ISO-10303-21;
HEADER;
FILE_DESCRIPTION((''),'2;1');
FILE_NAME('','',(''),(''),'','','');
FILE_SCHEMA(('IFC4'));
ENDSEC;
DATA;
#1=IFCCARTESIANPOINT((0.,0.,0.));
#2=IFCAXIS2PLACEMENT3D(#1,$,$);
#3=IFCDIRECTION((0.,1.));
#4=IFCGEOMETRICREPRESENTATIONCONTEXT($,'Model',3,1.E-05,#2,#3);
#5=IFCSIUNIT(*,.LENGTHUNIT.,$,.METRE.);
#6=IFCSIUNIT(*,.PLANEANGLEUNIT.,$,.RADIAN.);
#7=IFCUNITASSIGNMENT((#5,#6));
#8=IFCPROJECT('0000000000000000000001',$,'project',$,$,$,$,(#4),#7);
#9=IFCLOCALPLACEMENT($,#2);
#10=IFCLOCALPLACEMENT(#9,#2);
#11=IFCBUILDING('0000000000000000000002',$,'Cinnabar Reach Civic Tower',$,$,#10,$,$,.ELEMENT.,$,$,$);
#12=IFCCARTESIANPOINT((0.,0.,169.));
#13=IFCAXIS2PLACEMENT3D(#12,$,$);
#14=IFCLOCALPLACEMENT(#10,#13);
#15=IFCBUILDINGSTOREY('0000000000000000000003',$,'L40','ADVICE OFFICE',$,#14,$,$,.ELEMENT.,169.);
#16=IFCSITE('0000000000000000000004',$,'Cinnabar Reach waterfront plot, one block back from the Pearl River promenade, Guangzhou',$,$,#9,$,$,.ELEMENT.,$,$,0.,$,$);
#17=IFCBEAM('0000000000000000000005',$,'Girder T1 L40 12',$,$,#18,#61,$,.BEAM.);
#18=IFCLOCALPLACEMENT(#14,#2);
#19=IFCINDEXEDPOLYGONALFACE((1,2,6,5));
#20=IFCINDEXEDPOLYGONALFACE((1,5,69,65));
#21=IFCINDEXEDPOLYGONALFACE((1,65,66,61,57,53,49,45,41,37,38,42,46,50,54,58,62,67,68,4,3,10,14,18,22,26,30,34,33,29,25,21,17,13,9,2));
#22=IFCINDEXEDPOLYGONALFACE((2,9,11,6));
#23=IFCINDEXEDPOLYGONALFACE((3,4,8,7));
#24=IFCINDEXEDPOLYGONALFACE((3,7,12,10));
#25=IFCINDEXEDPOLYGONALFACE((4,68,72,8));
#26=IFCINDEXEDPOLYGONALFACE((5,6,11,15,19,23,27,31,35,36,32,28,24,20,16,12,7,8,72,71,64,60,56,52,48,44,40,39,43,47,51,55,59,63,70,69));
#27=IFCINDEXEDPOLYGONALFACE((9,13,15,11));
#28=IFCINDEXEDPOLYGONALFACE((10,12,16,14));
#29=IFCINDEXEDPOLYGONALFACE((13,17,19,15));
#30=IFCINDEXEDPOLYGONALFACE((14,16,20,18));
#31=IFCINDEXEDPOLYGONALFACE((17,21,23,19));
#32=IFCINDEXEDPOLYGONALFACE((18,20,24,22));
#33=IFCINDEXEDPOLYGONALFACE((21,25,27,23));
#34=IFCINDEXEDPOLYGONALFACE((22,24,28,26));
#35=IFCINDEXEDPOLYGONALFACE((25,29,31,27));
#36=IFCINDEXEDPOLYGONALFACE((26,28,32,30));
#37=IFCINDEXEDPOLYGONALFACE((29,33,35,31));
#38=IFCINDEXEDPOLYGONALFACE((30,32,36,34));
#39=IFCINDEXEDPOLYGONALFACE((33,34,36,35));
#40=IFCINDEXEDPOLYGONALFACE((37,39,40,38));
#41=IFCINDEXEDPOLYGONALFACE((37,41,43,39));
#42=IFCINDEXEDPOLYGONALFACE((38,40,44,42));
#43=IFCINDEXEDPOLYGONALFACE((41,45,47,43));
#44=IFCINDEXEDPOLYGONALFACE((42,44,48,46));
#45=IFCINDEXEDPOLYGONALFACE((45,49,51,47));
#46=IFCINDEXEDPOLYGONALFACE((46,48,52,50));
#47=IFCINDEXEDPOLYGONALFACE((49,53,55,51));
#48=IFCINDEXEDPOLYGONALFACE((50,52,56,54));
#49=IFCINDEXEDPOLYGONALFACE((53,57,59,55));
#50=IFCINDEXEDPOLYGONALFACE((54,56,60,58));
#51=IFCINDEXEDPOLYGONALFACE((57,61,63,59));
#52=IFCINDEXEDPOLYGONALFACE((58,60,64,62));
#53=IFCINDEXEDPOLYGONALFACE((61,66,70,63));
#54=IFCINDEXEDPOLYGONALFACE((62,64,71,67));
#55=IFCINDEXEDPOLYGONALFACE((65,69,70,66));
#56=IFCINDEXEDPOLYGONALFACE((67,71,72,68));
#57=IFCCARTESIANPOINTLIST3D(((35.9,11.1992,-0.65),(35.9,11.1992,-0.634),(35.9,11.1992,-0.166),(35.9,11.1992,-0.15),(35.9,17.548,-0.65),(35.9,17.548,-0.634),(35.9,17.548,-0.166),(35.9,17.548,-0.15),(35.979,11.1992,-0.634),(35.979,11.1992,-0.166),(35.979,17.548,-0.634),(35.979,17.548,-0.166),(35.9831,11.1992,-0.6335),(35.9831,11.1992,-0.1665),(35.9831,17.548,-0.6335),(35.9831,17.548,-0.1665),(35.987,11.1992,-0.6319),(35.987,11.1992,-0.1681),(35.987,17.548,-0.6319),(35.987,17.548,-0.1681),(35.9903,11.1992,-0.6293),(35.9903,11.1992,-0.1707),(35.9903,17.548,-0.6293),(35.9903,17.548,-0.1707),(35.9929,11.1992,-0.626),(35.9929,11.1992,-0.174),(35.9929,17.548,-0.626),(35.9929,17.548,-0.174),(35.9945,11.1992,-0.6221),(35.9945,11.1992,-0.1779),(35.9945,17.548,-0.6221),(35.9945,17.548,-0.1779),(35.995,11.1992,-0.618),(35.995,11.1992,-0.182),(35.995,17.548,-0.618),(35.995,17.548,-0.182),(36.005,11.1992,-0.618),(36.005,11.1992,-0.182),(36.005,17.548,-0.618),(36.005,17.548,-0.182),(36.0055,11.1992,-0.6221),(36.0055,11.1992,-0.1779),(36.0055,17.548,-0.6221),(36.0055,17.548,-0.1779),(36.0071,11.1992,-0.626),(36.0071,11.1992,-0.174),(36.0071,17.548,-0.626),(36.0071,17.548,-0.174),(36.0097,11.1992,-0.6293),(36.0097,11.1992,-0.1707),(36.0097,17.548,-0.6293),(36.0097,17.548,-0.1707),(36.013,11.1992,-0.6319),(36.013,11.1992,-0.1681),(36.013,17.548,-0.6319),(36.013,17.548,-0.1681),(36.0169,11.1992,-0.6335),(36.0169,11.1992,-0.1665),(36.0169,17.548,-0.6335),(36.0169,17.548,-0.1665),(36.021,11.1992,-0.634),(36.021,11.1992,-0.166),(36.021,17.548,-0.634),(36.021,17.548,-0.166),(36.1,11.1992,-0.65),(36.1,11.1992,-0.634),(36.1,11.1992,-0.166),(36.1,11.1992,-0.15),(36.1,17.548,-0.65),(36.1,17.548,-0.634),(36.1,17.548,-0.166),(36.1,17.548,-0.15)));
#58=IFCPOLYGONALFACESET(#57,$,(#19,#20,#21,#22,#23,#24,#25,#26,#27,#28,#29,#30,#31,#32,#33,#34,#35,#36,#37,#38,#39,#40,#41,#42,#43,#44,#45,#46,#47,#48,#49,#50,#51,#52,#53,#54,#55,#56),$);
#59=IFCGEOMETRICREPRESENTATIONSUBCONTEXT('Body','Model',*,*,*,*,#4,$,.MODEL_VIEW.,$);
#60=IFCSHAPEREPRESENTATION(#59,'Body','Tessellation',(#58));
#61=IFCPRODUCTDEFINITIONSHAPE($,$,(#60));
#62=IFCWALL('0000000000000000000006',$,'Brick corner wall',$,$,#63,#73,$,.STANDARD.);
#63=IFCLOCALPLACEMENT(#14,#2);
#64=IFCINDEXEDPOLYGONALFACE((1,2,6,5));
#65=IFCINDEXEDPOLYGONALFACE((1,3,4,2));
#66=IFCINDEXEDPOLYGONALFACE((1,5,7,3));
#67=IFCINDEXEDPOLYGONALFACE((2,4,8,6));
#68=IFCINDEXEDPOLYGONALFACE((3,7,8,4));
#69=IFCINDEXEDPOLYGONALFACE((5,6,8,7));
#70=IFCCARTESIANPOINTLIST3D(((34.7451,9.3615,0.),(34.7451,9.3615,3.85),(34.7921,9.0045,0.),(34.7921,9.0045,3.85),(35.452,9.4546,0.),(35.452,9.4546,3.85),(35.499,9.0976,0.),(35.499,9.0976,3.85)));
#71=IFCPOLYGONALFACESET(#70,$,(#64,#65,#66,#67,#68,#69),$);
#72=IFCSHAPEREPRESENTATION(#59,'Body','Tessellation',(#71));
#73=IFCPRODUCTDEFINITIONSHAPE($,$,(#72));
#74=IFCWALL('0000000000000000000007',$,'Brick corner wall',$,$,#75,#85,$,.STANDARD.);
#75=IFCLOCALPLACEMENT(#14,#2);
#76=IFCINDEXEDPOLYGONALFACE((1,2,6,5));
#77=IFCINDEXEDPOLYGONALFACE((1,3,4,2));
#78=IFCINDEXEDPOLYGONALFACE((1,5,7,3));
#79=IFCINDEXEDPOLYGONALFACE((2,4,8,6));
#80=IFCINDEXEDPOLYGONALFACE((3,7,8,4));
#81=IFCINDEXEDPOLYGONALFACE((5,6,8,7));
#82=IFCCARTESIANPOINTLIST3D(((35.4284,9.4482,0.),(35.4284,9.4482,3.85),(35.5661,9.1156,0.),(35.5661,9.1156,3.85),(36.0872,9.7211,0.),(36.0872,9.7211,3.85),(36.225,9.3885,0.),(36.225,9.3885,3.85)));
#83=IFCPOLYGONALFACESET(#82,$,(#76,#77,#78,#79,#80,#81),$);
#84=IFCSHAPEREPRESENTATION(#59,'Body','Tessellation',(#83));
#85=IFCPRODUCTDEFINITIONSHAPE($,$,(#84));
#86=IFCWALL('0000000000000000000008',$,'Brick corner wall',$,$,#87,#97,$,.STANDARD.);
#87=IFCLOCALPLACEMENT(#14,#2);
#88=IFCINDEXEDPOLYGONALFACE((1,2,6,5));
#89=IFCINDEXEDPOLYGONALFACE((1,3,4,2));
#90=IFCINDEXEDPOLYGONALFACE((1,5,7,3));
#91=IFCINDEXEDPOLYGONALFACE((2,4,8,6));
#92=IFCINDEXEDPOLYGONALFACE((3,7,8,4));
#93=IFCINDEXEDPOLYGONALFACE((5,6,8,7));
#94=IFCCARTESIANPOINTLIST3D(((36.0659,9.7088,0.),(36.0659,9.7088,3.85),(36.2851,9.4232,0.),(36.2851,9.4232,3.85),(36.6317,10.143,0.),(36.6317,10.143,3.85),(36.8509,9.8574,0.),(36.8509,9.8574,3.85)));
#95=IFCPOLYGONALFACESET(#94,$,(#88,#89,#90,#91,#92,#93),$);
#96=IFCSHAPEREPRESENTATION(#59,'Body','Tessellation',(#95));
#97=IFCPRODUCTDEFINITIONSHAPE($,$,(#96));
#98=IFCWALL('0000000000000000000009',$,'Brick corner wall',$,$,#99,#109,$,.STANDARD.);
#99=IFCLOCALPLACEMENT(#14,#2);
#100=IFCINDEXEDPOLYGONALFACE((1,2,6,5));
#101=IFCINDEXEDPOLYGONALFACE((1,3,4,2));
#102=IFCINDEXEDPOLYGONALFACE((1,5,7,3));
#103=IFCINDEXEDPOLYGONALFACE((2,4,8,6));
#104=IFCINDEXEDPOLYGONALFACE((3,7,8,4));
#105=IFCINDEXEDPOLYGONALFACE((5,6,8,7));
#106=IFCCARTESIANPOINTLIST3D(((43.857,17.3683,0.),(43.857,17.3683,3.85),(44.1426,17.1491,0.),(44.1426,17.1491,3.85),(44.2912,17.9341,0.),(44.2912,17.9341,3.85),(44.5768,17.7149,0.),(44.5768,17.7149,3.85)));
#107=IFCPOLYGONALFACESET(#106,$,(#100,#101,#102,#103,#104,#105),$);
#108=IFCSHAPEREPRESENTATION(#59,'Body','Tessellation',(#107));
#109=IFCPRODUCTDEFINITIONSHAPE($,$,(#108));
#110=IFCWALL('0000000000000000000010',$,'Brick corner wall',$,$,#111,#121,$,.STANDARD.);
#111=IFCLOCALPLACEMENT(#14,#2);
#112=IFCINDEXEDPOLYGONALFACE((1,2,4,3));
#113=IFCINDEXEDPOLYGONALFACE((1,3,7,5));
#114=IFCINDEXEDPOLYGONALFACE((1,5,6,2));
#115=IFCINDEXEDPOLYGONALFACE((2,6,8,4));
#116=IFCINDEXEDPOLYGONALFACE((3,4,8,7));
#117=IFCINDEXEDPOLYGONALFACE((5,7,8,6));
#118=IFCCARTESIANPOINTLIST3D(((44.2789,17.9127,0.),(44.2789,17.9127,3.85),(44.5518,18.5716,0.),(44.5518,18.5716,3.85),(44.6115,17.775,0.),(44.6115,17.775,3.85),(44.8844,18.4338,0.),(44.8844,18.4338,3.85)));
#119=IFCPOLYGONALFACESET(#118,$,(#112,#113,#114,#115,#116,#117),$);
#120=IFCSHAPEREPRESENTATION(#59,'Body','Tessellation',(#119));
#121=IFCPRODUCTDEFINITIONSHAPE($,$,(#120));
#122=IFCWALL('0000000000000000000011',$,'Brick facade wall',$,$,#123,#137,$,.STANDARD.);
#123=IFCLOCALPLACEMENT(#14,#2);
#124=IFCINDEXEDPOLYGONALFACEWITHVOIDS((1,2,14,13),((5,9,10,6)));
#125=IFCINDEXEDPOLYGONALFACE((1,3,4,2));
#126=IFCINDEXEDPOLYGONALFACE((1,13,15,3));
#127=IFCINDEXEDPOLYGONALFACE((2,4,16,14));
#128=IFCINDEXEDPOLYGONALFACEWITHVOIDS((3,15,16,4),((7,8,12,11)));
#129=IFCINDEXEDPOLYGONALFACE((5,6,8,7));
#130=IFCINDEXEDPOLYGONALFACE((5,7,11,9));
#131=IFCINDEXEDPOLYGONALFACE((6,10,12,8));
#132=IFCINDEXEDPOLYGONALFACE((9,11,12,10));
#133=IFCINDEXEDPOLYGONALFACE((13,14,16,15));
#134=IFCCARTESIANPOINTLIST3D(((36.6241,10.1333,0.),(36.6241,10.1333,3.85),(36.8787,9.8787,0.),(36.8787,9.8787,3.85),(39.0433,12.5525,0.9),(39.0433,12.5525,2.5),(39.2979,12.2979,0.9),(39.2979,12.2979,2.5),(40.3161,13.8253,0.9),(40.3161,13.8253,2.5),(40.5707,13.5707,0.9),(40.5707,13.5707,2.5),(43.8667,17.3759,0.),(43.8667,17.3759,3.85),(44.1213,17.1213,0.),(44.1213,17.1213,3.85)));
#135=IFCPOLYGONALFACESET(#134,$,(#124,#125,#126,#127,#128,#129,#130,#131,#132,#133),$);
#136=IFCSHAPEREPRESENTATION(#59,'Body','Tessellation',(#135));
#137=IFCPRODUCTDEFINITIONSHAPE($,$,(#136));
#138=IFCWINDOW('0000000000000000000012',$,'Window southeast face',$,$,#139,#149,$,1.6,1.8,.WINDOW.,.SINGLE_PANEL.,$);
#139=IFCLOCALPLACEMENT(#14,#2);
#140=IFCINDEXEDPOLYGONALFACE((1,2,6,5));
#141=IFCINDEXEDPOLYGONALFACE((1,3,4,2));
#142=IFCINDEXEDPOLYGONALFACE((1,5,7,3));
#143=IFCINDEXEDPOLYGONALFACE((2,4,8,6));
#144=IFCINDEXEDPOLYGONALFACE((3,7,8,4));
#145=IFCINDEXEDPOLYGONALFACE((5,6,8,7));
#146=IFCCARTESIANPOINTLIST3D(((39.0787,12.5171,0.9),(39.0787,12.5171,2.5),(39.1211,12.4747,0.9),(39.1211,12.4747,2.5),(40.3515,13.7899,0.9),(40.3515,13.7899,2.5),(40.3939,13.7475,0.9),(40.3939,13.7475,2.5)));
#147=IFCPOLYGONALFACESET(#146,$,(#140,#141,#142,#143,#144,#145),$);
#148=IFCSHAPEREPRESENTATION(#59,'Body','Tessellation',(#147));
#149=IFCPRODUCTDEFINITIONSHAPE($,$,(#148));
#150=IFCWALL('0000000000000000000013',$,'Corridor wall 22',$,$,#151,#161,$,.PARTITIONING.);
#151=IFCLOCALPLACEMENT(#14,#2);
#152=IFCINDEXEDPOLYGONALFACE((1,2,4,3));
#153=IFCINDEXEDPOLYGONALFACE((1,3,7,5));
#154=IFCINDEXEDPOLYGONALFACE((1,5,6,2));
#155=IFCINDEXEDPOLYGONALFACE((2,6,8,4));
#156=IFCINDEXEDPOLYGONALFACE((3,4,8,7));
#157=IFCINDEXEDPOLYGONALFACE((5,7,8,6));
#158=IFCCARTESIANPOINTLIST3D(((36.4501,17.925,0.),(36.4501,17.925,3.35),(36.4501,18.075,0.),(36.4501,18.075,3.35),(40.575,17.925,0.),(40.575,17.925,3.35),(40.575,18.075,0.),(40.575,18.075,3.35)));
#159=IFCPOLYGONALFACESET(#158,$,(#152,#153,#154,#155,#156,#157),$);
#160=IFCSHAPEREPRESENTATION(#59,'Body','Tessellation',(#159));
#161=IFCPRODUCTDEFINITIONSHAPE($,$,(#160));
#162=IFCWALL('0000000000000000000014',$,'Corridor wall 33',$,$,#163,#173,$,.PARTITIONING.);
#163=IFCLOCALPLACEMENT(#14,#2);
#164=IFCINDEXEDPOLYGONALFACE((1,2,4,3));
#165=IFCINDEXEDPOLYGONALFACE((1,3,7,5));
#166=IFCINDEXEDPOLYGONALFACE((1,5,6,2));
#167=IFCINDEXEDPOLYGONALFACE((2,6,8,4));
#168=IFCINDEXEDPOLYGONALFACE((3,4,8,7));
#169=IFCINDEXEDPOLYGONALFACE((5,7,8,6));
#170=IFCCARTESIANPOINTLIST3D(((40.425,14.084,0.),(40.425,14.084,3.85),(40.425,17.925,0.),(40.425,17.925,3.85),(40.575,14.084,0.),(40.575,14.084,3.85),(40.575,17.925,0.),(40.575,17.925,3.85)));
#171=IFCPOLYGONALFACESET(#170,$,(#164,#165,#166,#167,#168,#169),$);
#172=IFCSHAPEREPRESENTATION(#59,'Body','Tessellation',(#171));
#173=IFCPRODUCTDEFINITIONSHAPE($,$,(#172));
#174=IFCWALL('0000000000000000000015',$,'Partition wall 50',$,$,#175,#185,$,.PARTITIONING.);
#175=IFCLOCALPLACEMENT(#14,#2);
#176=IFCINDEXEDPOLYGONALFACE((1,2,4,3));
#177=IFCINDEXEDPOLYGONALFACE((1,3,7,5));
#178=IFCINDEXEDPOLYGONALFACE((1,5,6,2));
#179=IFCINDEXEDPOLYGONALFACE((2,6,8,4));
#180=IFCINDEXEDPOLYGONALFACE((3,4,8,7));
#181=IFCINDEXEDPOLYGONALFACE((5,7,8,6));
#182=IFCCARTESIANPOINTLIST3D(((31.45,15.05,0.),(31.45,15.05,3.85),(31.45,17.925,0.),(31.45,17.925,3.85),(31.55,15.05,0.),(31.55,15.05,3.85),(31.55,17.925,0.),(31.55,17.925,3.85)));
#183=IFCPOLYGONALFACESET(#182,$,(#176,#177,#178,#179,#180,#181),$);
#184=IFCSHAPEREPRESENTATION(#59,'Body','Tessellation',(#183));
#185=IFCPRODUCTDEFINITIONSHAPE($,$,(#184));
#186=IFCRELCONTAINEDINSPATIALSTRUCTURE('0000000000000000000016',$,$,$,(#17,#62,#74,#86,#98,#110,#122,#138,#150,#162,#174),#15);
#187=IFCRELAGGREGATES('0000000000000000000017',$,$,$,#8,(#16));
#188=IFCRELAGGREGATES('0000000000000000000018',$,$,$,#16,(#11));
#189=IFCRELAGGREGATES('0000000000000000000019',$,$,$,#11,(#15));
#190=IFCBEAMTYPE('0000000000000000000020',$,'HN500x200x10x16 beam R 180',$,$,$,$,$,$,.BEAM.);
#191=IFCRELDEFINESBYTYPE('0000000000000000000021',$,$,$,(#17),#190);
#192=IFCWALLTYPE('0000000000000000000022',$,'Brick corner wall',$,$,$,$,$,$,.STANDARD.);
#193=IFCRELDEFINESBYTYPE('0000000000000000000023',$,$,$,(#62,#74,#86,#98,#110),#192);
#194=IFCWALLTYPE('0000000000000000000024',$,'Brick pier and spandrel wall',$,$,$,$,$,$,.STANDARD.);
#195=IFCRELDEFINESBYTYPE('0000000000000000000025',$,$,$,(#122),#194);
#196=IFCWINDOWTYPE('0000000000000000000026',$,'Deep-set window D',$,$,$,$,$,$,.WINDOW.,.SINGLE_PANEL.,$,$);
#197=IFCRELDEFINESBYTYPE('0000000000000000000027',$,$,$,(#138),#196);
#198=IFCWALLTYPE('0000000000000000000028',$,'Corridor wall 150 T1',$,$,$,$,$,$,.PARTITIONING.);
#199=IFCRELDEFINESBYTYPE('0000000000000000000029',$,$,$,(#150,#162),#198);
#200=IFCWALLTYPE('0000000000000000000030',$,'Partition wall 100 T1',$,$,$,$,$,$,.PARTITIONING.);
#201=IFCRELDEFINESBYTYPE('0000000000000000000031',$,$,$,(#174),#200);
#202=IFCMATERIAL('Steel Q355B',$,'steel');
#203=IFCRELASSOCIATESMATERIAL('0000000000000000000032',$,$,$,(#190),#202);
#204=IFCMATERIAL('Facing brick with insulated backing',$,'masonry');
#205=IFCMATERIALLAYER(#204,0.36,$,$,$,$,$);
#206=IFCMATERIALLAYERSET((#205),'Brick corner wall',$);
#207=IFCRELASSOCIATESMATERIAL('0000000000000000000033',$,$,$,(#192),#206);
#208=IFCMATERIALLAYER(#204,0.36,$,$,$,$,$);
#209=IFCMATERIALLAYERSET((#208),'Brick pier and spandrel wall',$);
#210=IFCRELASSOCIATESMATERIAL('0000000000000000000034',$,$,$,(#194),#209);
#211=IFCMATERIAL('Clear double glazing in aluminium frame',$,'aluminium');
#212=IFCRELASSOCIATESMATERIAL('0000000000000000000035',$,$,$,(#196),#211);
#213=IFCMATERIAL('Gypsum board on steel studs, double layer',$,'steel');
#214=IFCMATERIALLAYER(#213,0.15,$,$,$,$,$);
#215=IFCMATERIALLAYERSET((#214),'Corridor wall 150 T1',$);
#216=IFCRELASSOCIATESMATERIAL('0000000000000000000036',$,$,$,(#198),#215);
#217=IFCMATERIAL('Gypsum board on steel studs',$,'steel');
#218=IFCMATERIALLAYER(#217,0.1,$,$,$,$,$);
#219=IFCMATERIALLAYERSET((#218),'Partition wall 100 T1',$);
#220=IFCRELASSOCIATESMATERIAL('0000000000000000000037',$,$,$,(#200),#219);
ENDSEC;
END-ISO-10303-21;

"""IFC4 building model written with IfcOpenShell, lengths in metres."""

from ifc_helpers import new_model, si_unit, direction, frame, frame_2d, origin, origin_2d, place, context, subcontext, project, spatial, rectangle, i_section, extrude, material, layer, layer_set, material_profile, profile_set, type_object, element, fill, save


model = new_model("IFC4")

# Units and contexts
model_context = context("Model", 3, precision=1e-05, world=origin(), true_north=direction((0.0, 1.0)))
body_context = subcontext(model_context, "Body", "Model", "MODEL_VIEW")
ifc_project = project(units=[si_unit("LENGTHUNIT", "METRE"), si_unit("PLANEANGLEUNIT", "RADIAN")], contexts=[model_context])

# Site, building, storey
site_placement = place(None, origin())
site = spatial("IfcSite", under=ifc_project, at=site_placement, Name="Cinnabar Reach waterfront plot, one block back from the Pearl River promenade, Guangzhou", CompositionType="ELEMENT", RefElevation=0.0)
building_placement = place(site_placement, origin())
building = spatial("IfcBuilding", under=site, at=building_placement, Name="Cinnabar Reach Civic Tower", CompositionType="ELEMENT")
storey_placement = place(building_placement, frame((0.0, 0.0, 169.0)))
storey = spatial("IfcBuildingStorey", under=building, at=storey_placement, Name="L40", Description="ADVICE OFFICE", CompositionType="ELEMENT", Elevation=169.0)

# Beam
ifc_material_1 = material(Name="Steel Q355B", Category="steel")
ifc_material_profile_1 = material_profile(ifc_material_1, i_section(OverallWidth=0.2, OverallDepth=0.5, WebThickness=0.01, FlangeThickness=0.016, FilletRadius=0.016, at=origin_2d()), Name="HN500x200x10x16")
ifc_profile_set_1 = profile_set([ifc_material_profile_1], Name="Steel Q355B")
beam_type_1 = type_object("IfcBeamType", Name="HN500x200x10x16 beam R 180", PredefinedType="BEAM", material=ifc_profile_set_1)
for number, where, z_axis, x_axis, name in (
    (1, (36.0, 11.1992, -0.4), (0.0, 1.0, 0.0), (-1.0, 0.0, 0.0), "Girder T1 L40 12"),
):
    element("IfcBeam", number, at=place(storey_placement, frame(where, z_axis=z_axis, x_axis=x_axis)), inside=storey, type_object=beam_type_1, Name=name, PredefinedType="BEAM", context=body_context, shape_type="SweptSolid", body=[
        extrude(i_section(OverallWidth=0.2, OverallDepth=0.5, WebThickness=0.01, FlangeThickness=0.016, FilletRadius=0.016, at=origin_2d()), origin(), (0.0, 0.0, 1.0), 6.3488),
    ])

# Walls
ifc_material_2 = material(Name="Facing brick with insulated backing", Category="masonry")
ifc_layer_1 = layer(ifc_material_2, 0.36)
ifc_layer_set_1 = layer_set([ifc_layer_1], Name="Brick corner wall")
wall_type_1 = type_object("IfcWallType", Name="Brick corner wall", PredefinedType="STANDARD", material=ifc_layer_set_1)
for number, where, z_axis, x_axis, name in (
    (2, (34.7686, 9.183, 0.0), (0.0, 0.0, 1.0), (0.991441, 0.130556, 0.0), "Brick corner wall"),
    (3, (35.4973, 9.2819, 0.0), (0.0, 0.0, 1.0), (0.923872, 0.382703, 0.0), "Brick corner wall"),
):
    element("IfcWall", number, at=place(storey_placement, frame(where, z_axis=z_axis, x_axis=x_axis)), inside=storey, type_object=wall_type_1, Name=name, PredefinedType="STANDARD", context=body_context, shape_type="SweptSolid", body=[
        extrude(rectangle(XDim=0.7131, YDim=0.36, at=frame_2d((0.3565, 0.0))), origin(), (0.0, 0.0, 1.0), 3.85),
    ])
for number, where, z_axis, x_axis, name in (
    (4, (36.1755, 9.566, 0.0), (0.0, 0.0, 1.0), (0.793322, 0.608802, 0.0), "Brick corner wall"),
    (5, (43.9998, 17.2587, 0.0), (0.0, 0.0, 1.0), (0.608802, 0.793322, 0.0), "Brick corner wall"),
):
    element("IfcWall", number, at=place(storey_placement, frame(where, z_axis=z_axis, x_axis=x_axis)), inside=storey, type_object=wall_type_1, Name=name, PredefinedType="STANDARD", context=body_context, shape_type="SweptSolid", body=[
        extrude(rectangle(XDim=0.7132, YDim=0.36, at=frame_2d((0.3566, 0.0))), origin(), (0.0, 0.0, 1.0), 3.85),
    ])
wall_1_placement = place(storey_placement, frame((44.4452, 17.8439, 0.0), z_axis=(0.0, 0.0, 1.0), x_axis=(0.382703, 0.923872, 0.0)))
element("IfcWall", 6, at=wall_1_placement, inside=storey, type_object=wall_type_1, Name="Brick corner wall", PredefinedType="STANDARD", context=body_context, shape_type="SweptSolid", body=[
    extrude(rectangle(XDim=0.7131, YDim=0.36, at=frame_2d((0.3565, 0.0))), origin(), (0.0, 0.0, 1.0), 3.85),
])

# Wall, opening, window
ifc_layer_2 = layer(ifc_material_2, 0.36)
ifc_layer_set_2 = layer_set([ifc_layer_2], Name="Brick pier and spandrel wall")
wall_type_2 = type_object("IfcWallType", Name="Brick pier and spandrel wall", PredefinedType="STANDARD", material=ifc_layer_set_2)
wall_2_placement = place(storey_placement, frame((36.7514, 10.006, 0.0), z_axis=(0.0, 0.0, 1.0), x_axis=(0.707107, 0.707107, 0.0)))
wall_2 = element("IfcWall", 7, at=wall_2_placement, inside=storey, type_object=wall_type_2, Name="Brick facade wall", PredefinedType="STANDARD", context=body_context, shape_type="SweptSolid", body=[
    extrude(rectangle(XDim=10.2426, YDim=0.36, at=frame_2d((5.1213, 0.0))), origin(), (0.0, 0.0, 1.0), 3.85),
])
opening_placement = place(wall_2_placement, frame((3.4213, 0.0, 0.9)))
opening = element("IfcOpeningElement", 8, at=opening_placement, cuts=wall_2, PredefinedType="OPENING", context=body_context, shape_type="SweptSolid", body=[
    extrude(rectangle(XDim=1.8, YDim=1.6, at=frame_2d((0.9, 0.8))), frame((0.0, 0.19, 0.0), z_axis=(0.0, -1.0, 0.0), x_axis=(1.0, 0.0, 0.0)), (0.0, 0.0, 1.0), 0.38),
])
ifc_material_3 = material(Name="Clear double glazing in aluminium frame", Category="aluminium")
window_type = type_object("IfcWindowType", Name="Deep-set window D", PartitioningType="SINGLE_PANEL", PredefinedType="WINDOW", material=ifc_material_3)
window_placement = place(opening_placement, origin())
window = element("IfcWindow", 9, at=window_placement, inside=storey, type_object=window_type, Name="Window southeast face", OverallHeight=1.6, OverallWidth=1.8, PartitioningType="SINGLE_PANEL", PredefinedType="WINDOW", context=body_context, shape_type="SweptSolid", body=[
    extrude(rectangle(XDim=1.8, YDim=1.6, at=frame_2d((0.9, 0.8))), frame((0.0, 0.13, 0.0), z_axis=(0.0, -1.0, 0.0), x_axis=(1.0, 0.0, 0.0)), (0.0, 0.0, 1.0), 0.06),
])
fill(opening, window)

# Walls
ifc_material_4 = material(Name="Gypsum board on steel studs, double layer", Category="steel")
ifc_layer_3 = layer(ifc_material_4, 0.15)
ifc_layer_set_3 = layer_set([ifc_layer_3], Name="Corridor wall 150 T1")
wall_type_3 = type_object("IfcWallType", Name="Corridor wall 150 T1", PredefinedType="PARTITIONING", material=ifc_layer_set_3)
wall_3_placement = place(storey_placement, frame((36.45, 18.0, 0.0), z_axis=(0.0, 0.0, 1.0), x_axis=(1.0, 0.0, 0.0)))
element("IfcWall", 10, at=wall_3_placement, inside=storey, type_object=wall_type_3, Name="Corridor wall 22", PredefinedType="PARTITIONING", context=body_context, shape_type="SweptSolid", body=[
    extrude(rectangle(XDim=4.1249, YDim=0.15, at=frame_2d((2.0625, 0.0))), origin(), (0.0, 0.0, 1.0), 3.35),
])
wall_4_placement = place(storey_placement, frame((40.5, 14.084, 0.0), z_axis=(0.0, 0.0, 1.0), x_axis=(0.0, 1.0, 0.0)))
element("IfcWall", 11, at=wall_4_placement, inside=storey, type_object=wall_type_3, Name="Corridor wall 33", PredefinedType="PARTITIONING", context=body_context, shape_type="SweptSolid", body=[
    extrude(rectangle(XDim=3.841, YDim=0.15, at=frame_2d((1.9205, 0.0))), origin(), (0.0, 0.0, 1.0), 3.85),
])
ifc_material_5 = material(Name="Gypsum board on steel studs", Category="steel")
ifc_layer_4 = layer(ifc_material_5, 0.1)
ifc_layer_set_4 = layer_set([ifc_layer_4], Name="Partition wall 100 T1")
wall_type_4 = type_object("IfcWallType", Name="Partition wall 100 T1", PredefinedType="PARTITIONING", material=ifc_layer_set_4)
wall_5_placement = place(storey_placement, frame((31.5, 15.05, 0.0), z_axis=(0.0, 0.0, 1.0), x_axis=(0.0, 1.0, 0.0)))
element("IfcWall", 12, at=wall_5_placement, inside=storey, type_object=wall_type_4, Name="Partition wall 50", PredefinedType="PARTITIONING", context=body_context, shape_type="SweptSolid", body=[
    extrude(rectangle(XDim=2.875, YDim=0.1, at=frame_2d((1.4375, 0.0))), origin(), (0.0, 0.0, 1.0), 3.85),
])

save(model, "model.ifc")
